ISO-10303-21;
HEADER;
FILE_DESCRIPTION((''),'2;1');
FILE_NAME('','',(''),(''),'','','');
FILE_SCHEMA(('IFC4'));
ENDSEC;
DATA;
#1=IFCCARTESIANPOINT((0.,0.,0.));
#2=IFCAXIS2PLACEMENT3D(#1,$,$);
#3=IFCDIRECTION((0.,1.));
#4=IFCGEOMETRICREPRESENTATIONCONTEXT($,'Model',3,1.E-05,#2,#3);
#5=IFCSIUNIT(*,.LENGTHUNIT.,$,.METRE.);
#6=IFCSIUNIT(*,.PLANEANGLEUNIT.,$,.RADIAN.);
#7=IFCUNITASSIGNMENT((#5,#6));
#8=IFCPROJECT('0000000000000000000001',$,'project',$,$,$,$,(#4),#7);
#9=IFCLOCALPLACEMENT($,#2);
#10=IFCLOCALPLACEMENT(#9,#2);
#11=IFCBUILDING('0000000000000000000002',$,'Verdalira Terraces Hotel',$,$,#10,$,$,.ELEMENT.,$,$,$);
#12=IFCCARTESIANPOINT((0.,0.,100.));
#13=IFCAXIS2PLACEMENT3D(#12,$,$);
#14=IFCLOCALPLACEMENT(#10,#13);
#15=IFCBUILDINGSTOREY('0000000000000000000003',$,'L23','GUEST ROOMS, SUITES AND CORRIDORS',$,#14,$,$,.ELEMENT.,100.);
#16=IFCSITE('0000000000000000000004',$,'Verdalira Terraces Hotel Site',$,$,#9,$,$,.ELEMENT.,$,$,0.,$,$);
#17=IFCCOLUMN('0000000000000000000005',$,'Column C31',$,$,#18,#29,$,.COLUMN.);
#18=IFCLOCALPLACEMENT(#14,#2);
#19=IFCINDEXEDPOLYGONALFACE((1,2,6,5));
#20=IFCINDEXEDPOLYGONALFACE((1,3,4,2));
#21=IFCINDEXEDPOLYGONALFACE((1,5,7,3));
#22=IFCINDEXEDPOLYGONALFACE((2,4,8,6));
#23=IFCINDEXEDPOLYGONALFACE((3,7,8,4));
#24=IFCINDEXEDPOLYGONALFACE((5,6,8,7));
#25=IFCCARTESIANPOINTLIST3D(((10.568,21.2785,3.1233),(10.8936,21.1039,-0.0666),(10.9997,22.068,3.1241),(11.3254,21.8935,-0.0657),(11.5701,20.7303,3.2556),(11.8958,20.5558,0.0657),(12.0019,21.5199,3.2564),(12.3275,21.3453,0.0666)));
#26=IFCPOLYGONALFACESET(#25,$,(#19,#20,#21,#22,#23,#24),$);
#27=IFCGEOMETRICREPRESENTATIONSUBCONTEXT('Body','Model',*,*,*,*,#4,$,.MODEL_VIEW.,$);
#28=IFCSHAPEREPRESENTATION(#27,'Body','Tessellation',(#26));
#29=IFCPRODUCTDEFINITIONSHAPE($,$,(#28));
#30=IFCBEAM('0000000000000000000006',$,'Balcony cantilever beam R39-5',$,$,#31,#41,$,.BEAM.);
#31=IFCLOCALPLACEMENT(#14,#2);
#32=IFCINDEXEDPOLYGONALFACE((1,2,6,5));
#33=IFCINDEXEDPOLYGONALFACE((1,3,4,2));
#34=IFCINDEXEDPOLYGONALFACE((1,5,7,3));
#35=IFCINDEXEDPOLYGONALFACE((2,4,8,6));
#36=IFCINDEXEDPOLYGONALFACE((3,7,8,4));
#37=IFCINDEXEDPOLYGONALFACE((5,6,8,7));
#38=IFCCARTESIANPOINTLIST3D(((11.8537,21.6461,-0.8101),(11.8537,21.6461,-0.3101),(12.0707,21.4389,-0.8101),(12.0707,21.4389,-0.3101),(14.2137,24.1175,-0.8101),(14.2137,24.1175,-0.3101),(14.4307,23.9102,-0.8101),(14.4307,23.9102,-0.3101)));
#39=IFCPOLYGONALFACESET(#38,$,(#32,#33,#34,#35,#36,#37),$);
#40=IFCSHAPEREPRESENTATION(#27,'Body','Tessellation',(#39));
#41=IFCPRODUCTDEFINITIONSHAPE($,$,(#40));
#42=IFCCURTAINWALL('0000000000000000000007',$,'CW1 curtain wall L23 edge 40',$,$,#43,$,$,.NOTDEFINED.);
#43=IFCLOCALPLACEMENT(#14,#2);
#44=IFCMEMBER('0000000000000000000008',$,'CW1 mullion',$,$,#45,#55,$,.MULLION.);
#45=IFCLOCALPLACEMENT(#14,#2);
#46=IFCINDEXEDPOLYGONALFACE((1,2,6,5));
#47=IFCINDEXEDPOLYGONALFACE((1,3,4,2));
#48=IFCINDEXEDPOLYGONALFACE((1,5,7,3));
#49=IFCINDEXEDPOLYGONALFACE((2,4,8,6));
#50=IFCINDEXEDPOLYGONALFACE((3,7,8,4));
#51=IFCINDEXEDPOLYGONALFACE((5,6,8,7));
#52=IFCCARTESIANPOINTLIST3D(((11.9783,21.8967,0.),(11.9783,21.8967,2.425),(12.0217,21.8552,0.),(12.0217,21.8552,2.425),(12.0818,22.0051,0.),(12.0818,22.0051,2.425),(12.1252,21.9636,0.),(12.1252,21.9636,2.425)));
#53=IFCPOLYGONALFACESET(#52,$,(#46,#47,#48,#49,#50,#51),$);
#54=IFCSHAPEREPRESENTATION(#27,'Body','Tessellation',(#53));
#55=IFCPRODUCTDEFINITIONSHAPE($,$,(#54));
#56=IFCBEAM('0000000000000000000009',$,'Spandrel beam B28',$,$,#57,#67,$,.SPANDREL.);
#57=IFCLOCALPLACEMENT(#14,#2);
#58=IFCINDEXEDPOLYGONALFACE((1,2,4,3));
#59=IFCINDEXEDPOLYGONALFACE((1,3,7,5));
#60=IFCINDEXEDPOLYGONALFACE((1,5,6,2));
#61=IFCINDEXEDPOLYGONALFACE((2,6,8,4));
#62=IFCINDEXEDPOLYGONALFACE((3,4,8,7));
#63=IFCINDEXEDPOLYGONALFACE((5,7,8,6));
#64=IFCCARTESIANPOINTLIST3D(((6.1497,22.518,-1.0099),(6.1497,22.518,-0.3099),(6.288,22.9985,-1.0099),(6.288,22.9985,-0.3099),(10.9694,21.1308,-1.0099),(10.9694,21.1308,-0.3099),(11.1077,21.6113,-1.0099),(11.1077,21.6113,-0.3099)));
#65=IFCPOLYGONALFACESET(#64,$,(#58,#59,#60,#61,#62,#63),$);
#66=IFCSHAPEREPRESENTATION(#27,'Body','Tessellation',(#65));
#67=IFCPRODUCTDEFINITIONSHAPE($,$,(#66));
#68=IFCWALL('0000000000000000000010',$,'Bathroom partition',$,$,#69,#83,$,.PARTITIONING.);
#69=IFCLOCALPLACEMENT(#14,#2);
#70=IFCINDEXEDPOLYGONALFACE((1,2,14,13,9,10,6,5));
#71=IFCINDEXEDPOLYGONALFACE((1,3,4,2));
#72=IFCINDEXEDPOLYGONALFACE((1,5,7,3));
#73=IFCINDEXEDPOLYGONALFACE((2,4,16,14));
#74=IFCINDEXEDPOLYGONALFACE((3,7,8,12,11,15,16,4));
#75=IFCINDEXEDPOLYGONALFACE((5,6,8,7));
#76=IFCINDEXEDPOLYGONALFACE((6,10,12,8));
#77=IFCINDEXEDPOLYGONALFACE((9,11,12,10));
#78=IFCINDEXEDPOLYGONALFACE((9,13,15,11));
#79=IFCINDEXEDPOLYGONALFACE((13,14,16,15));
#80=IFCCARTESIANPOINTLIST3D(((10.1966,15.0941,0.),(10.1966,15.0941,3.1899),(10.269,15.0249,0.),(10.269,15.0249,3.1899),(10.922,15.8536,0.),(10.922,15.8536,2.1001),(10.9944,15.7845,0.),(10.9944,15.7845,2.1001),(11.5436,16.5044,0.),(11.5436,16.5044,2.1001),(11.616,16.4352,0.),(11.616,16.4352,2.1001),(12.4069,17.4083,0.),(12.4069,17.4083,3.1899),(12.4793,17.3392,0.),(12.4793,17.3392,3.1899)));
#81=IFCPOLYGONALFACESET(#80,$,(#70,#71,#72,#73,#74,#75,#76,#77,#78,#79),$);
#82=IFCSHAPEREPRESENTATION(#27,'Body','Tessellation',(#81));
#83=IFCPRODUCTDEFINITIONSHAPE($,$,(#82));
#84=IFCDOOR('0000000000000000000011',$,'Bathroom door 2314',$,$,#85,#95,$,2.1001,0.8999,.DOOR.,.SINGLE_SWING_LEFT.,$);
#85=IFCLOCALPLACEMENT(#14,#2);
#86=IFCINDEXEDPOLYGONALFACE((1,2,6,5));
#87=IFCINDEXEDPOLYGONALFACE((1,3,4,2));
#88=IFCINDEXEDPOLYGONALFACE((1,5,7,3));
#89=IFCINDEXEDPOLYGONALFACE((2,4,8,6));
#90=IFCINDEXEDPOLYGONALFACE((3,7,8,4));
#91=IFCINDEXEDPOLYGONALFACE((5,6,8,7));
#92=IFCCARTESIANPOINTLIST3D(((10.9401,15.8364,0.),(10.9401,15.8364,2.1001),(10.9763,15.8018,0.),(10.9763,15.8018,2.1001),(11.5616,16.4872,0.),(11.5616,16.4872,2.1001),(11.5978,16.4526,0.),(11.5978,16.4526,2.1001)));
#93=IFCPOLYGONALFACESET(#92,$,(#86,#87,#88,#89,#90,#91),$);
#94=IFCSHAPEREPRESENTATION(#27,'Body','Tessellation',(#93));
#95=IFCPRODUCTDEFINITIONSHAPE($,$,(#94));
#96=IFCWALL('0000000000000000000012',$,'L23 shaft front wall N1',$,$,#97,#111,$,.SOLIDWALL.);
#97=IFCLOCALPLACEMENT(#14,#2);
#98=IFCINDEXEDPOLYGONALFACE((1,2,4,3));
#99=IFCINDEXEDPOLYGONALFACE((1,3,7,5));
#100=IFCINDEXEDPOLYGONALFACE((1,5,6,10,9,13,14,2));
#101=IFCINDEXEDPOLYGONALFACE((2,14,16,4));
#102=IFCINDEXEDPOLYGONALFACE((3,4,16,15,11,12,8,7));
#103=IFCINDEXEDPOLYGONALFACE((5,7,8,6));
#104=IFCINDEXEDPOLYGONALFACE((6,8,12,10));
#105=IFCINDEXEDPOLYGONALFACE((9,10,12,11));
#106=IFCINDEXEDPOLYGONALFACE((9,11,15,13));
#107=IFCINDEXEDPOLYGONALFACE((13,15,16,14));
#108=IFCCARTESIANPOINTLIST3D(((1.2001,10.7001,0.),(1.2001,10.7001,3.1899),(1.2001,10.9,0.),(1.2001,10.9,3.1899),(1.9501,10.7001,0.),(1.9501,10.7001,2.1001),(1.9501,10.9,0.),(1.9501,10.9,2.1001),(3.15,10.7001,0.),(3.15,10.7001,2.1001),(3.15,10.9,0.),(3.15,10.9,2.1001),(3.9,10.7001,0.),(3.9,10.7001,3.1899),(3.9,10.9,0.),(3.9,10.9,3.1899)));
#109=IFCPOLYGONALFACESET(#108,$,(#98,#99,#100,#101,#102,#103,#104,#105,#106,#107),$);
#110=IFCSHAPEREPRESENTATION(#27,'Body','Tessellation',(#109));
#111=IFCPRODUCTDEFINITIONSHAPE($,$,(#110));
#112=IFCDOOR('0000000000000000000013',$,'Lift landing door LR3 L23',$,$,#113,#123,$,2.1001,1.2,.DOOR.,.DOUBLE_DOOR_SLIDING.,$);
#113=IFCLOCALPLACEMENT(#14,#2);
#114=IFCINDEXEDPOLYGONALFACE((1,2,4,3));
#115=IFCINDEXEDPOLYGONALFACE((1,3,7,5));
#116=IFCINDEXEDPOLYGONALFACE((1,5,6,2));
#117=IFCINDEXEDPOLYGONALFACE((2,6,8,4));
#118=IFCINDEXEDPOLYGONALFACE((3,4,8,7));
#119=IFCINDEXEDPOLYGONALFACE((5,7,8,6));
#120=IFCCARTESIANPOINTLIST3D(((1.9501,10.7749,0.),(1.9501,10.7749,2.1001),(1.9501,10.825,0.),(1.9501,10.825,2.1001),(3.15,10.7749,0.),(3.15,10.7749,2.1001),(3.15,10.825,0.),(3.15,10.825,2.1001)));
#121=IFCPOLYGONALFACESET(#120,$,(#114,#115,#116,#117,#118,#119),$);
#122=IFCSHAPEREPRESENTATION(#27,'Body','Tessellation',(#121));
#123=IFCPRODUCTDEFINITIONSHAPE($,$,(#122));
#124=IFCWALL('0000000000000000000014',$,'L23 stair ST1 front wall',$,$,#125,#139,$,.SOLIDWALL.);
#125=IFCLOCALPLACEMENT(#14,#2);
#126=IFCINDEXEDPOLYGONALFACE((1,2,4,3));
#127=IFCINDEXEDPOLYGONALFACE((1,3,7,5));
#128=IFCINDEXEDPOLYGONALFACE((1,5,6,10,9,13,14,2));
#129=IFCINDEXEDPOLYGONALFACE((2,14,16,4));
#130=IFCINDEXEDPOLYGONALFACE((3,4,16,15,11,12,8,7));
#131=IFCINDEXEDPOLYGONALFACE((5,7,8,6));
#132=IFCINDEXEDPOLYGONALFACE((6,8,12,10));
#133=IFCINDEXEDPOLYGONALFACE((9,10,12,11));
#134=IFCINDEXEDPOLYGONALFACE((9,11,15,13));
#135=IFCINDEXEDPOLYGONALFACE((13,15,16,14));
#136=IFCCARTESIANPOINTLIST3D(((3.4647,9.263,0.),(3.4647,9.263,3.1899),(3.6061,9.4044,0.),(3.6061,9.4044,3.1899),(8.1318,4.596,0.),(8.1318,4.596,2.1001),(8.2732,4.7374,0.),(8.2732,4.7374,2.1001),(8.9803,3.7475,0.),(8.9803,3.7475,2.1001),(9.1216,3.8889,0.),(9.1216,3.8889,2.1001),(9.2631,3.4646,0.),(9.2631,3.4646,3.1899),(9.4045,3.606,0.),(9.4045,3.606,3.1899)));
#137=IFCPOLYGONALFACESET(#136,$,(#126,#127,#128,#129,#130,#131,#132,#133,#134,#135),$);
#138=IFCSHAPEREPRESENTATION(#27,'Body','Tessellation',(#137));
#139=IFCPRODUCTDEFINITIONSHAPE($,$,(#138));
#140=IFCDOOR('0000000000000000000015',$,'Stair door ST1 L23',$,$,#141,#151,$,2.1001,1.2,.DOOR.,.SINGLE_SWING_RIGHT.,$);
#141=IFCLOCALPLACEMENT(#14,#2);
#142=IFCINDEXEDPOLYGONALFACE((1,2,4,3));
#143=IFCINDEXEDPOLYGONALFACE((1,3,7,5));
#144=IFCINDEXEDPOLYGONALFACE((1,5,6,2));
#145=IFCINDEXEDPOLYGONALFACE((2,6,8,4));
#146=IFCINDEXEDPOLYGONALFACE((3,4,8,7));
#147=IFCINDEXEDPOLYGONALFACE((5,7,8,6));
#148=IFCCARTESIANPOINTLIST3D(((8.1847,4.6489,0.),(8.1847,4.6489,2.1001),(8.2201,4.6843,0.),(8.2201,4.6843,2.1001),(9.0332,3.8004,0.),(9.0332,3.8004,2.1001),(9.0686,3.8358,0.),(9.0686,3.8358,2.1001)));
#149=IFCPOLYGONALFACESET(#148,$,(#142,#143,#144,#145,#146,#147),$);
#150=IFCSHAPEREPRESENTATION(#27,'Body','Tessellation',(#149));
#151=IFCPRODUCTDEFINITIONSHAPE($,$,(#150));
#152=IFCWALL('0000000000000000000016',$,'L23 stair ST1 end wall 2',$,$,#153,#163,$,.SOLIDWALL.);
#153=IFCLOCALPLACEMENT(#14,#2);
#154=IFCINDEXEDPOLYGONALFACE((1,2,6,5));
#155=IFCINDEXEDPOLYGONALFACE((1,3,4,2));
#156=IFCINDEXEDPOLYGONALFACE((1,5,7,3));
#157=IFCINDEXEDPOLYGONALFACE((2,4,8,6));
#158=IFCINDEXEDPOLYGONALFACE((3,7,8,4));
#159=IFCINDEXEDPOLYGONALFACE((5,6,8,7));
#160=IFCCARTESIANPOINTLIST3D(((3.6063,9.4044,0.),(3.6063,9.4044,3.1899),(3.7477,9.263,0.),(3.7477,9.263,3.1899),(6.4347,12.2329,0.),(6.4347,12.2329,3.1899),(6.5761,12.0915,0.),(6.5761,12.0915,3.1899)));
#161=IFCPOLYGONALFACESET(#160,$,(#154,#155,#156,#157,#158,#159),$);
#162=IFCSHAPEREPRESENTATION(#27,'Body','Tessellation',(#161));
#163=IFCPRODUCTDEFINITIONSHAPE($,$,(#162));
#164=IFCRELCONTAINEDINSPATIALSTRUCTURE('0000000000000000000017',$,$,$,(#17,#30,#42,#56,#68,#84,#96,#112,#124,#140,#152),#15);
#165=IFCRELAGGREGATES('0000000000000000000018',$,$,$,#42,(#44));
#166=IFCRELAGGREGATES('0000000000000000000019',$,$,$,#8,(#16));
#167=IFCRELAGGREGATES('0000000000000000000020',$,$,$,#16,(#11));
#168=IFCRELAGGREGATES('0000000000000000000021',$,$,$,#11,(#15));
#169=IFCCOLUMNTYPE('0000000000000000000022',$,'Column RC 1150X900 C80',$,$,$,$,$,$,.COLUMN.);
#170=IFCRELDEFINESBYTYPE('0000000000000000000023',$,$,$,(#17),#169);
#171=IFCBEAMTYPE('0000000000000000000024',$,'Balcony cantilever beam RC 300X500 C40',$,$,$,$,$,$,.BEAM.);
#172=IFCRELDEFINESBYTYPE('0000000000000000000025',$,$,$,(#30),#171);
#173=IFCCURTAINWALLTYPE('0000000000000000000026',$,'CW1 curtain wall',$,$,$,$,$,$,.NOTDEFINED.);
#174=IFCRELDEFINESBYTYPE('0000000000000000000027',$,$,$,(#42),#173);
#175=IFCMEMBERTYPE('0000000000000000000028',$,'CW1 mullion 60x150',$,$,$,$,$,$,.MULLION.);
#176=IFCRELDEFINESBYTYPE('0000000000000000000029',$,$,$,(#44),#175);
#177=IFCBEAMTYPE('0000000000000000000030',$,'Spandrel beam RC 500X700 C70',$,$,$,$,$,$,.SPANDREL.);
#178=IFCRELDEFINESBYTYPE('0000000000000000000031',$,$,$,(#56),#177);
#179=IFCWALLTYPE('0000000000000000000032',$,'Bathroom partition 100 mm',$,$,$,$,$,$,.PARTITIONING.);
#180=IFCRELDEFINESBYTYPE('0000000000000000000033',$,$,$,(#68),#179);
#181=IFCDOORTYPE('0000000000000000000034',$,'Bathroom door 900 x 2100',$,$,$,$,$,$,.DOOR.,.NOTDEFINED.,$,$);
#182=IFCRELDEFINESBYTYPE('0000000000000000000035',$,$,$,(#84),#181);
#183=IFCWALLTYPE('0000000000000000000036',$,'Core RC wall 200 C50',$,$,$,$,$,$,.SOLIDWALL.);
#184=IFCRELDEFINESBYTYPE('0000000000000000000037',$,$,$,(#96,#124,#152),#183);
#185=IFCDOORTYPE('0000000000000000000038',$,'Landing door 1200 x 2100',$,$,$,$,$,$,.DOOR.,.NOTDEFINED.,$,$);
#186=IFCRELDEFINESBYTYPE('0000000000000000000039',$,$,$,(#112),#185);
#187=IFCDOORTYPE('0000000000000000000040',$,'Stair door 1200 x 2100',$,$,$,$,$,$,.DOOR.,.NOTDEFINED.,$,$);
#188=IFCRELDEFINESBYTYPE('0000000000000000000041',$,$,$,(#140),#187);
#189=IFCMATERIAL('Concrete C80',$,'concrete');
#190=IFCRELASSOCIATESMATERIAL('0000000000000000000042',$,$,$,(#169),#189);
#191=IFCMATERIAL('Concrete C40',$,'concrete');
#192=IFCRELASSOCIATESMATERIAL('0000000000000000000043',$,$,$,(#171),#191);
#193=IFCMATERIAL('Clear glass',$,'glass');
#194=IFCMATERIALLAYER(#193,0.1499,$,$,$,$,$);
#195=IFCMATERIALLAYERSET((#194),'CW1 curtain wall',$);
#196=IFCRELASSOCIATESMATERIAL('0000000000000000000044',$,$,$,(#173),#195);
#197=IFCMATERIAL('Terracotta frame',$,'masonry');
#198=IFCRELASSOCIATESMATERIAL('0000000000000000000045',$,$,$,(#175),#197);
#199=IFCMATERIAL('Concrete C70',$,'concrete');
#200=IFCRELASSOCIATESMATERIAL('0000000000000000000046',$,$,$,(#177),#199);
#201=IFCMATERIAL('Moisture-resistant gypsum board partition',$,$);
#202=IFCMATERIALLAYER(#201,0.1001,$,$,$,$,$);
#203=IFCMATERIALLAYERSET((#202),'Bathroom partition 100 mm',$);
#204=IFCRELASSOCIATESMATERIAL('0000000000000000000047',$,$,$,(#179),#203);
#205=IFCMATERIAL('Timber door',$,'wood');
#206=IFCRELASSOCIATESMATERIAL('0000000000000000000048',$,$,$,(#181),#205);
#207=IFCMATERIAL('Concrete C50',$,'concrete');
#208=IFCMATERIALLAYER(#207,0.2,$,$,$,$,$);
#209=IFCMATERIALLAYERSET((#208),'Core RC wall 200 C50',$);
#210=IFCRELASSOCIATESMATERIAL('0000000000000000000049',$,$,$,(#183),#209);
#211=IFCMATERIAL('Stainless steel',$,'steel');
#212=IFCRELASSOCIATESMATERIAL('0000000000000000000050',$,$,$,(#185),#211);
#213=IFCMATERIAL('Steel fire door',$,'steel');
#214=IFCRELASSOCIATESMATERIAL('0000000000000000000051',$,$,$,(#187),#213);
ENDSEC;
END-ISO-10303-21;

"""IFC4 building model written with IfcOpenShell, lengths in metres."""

from ifc_helpers import new_model, si_unit, direction, frame, frame_2d, origin, origin_2d, place, context, subcontext, project, spatial, rectangle, extrude, material, layer, layer_set, material_profile, profile_set, type_object, element, fill, aggregate, save


model = new_model("IFC4")

# Units and contexts
model_context = context("Model", 3, precision=1e-05, world=origin(), true_north=direction((0.0, 1.0)))
body_context = subcontext(model_context, "Body", "Model", "MODEL_VIEW")
ifc_project = project(units=[si_unit("LENGTHUNIT", "METRE"), si_unit("PLANEANGLEUNIT", "RADIAN")], contexts=[model_context])

# Site, building, storey
site_placement = place(None, origin())
site = spatial("IfcSite", under=ifc_project, at=site_placement, Name="Verdalira Terraces Hotel Site", CompositionType="ELEMENT", RefElevation=0.0)
building_placement = place(site_placement, origin())
building = spatial("IfcBuilding", under=site, at=building_placement, Name="Verdalira Terraces Hotel", CompositionType="ELEMENT")
storey_placement = place(building_placement, frame((0.0, 0.0, 100.0)))
storey = spatial("IfcBuildingStorey", under=building, at=storey_placement, Name="L23", Description="GUEST ROOMS, SUITES AND CORRIDORS", CompositionType="ELEMENT", Elevation=100.0)

# Column
ifc_material_1 = material(Name="Concrete C80", Category="concrete")
ifc_material_profile_1 = material_profile(ifc_material_1, rectangle(XDim=1.1499, YDim=0.8999, at=origin_2d()), Name="RC 1150X900")
ifc_profile_set_1 = profile_set([ifc_material_profile_1], Name="Concrete C80")
column_type = type_object("IfcColumnType", Name="Column RC 1150X900 C80", PredefinedType="COLUMN", material=ifc_profile_set_1)
column_placement = place(storey_placement, frame((11.6106, 21.2246, 0.0), z_axis=(-0.101419, 0.054359, 0.993358), x_axis=(0.871512, -0.476683, 0.115064)))
element("IfcColumn", 1, at=column_placement, inside=storey, type_object=column_type, Name="Column C31", PredefinedType="COLUMN", context=body_context, shape_type="SweptSolid", body=[
    extrude(rectangle(XDim=1.1499, YDim=0.8999, at=origin_2d()), origin(), (0.0, 0.0, 1.0), 3.2112),
])

# Beam
ifc_material_2 = material(Name="Concrete C40", Category="concrete")
ifc_material_profile_2 = material_profile(ifc_material_2, rectangle(XDim=0.3, YDim=0.5, at=origin_2d()), Name="RC 300X500")
ifc_profile_set_2 = profile_set([ifc_material_profile_2], Name="Concrete C40")
beam_type_1 = type_object("IfcBeamType", Name="Balcony cantilever beam RC 300X500 C40", PredefinedType="BEAM", material=ifc_profile_set_2)
beam_1_placement = place(storey_placement, frame((11.9622, 21.5425, -0.5601), z_axis=(0.69063, 0.723208, 0.0), x_axis=(-0.723208, 0.69063, 0.0)))
element("IfcBeam", 2, at=beam_1_placement, inside=storey, type_object=beam_type_1, Name="Balcony cantilever beam R39-5", PredefinedType="BEAM", context=body_context, shape_type="SweptSolid", body=[
    extrude(rectangle(XDim=0.3, YDim=0.5, at=origin_2d()), origin(), (0.0, 0.0, 1.0), 3.4172),
])

# Curtain wall, member
ifc_material_3 = material(Name="Clear glass", Category="glass")
ifc_layer_1 = layer(ifc_material_3, 0.1499)
ifc_layer_set_1 = layer_set([ifc_layer_1], Name="CW1 curtain wall")
curtain_wall_type = type_object("IfcCurtainWallType", Name="CW1 curtain wall", PredefinedType="NOTDEFINED", material=ifc_layer_set_1)
curtain_wall_placement = place(storey_placement, origin())
curtain_wall = element("IfcCurtainWall", 3, at=curtain_wall_placement, inside=storey, type_object=curtain_wall_type, Name="CW1 curtain wall L23 edge 40", PredefinedType="NOTDEFINED")
ifc_material_4 = material(Name="Terracotta frame", Category="masonry")
ifc_material_profile_3 = material_profile(ifc_material_4, rectangle(XDim=0.0601, YDim=0.1499, at=origin_2d()), Name="MU 60x150")
ifc_profile_set_3 = profile_set([ifc_material_profile_3], Name="Terracotta frame")
member_type = type_object("IfcMemberType", Name="CW1 mullion 60x150", PredefinedType="MULLION", material=ifc_profile_set_3)
member_placement = place(storey_placement, frame((12.0518, 21.9302, 0.0), z_axis=(0.0, 0.0, 1.0), x_axis=(-0.723208, 0.69063, 0.0)))
member = element("IfcMember", 4, at=member_placement, type_object=member_type, Name="CW1 mullion", PredefinedType="MULLION", context=body_context, shape_type="SweptSolid", body=[
    extrude(rectangle(XDim=0.0601, YDim=0.1499, at=origin_2d()), origin(), (0.0, 0.0, 1.0), 2.425),
])
aggregate(curtain_wall, [member])

# Beam
ifc_material_5 = material(Name="Concrete C70", Category="concrete")
ifc_material_profile_4 = material_profile(ifc_material_5, rectangle(XDim=0.5, YDim=0.7, at=origin_2d()), Name="RC 500X700")
ifc_profile_set_4 = profile_set([ifc_material_profile_4], Name="Concrete C70")
beam_type_2 = type_object("IfcBeamType", Name="Spandrel beam RC 500X700 C70", PredefinedType="SPANDREL", material=ifc_profile_set_4)
beam_2_placement = place(storey_placement, frame((11.0386, 21.3711, -0.6599), z_axis=(-0.960989, 0.276585, 0.0), x_axis=(-0.276585, -0.960989, 0.0)))
element("IfcBeam", 5, at=beam_2_placement, inside=storey, type_object=beam_type_2, Name="Spandrel beam B28", PredefinedType="SPANDREL", context=body_context, shape_type="SweptSolid", body=[
    extrude(rectangle(XDim=0.5, YDim=0.7, at=origin_2d()), origin(), (0.0, 0.0, 1.0), 5.0154),
])

# Walls, openings, doors
ifc_material_6 = material(Name="Moisture-resistant gypsum board partition")
ifc_layer_2 = layer(ifc_material_6, 0.1001)
ifc_layer_set_2 = layer_set([ifc_layer_2], Name="Bathroom partition 100 mm")
wall_type_1 = type_object("IfcWallType", Name="Bathroom partition 100 mm", PredefinedType="PARTITIONING", material=ifc_layer_set_2)
wall_1_placement = place(storey_placement, frame((12.4431, 17.3738, 0.0), z_axis=(0.0, 0.0, 1.0), x_axis=(-0.69067, -0.72317, 0.0)))
wall_1 = element("IfcWall", 6, at=wall_1_placement, inside=storey, type_object=wall_type_1, Name="Bathroom partition", PredefinedType="PARTITIONING", context=body_context, shape_type="SweptSolid", body=[
    extrude(rectangle(XDim=3.2002, YDim=0.1001, at=frame_2d((1.6001, 0.0))), origin(), (0.0, 0.0, 1.0), 3.1899),
])
opening_1_placement = place(wall_1_placement, frame((1.25, 0.0, 0.0)))
opening_1 = element("IfcOpeningElement", 7, at=opening_1_placement, cuts=wall_1, PredefinedType="OPENING", context=body_context, shape_type="SweptSolid", body=[
    extrude(rectangle(XDim=0.8999, YDim=2.1001, at=frame_2d((0.45, 1.05))), frame((0.0, 0.0601, 0.0), z_axis=(0.0, -1.0, 0.0), x_axis=(1.0, 0.0, 0.0)), (0.0, 0.0, 1.0), 0.1201),
])
ifc_material_7 = material(Name="Timber door", Category="wood")
door_type_1 = type_object("IfcDoorType", Name="Bathroom door 900 x 2100", OperationType="NOTDEFINED", PredefinedType="DOOR", material=ifc_material_7)
door_1_placement = place(opening_1_placement, origin())
door_1 = element("IfcDoor", 8, at=door_1_placement, inside=storey, type_object=door_type_1, Name="Bathroom door 2314", OperationType="SINGLE_SWING_LEFT", OverallHeight=2.1001, OverallWidth=0.8999, PredefinedType="DOOR", context=body_context, shape_type="SweptSolid", body=[
    extrude(rectangle(XDim=0.8999, YDim=2.1001, at=frame_2d((0.45, 1.05))), frame((0.0, 0.0249, 0.0), z_axis=(0.0, -1.0, 0.0), x_axis=(1.0, 0.0, 0.0)), (0.0, 0.0, 1.0), 0.05),
])
fill(opening_1, door_1)
ifc_material_8 = material(Name="Concrete C50", Category="concrete")
ifc_layer_3 = layer(ifc_material_8, 0.2)
ifc_layer_set_3 = layer_set([ifc_layer_3], Name="Core RC wall 200 C50")
wall_type_2 = type_object("IfcWallType", Name="Core RC wall 200 C50", PredefinedType="SOLIDWALL", material=ifc_layer_set_3)
wall_2_placement = place(storey_placement, frame((1.2, 10.8, 0.0), z_axis=(0.0, 0.0, 1.0), x_axis=(1.0, 0.0, 0.0)))
wall_2 = element("IfcWall", 9, at=wall_2_placement, inside=storey, type_object=wall_type_2, Name="L23 shaft front wall N1", PredefinedType="SOLIDWALL", context=body_context, shape_type="SweptSolid", body=[
    extrude(rectangle(XDim=2.7, YDim=0.2, at=frame_2d((1.3501, 0.0))), origin(), (0.0, 0.0, 1.0), 3.1899),
])
opening_2_placement = place(wall_2_placement, frame((0.75, 0.0, 0.0)))
opening_2 = element("IfcOpeningElement", 10, at=opening_2_placement, cuts=wall_2, PredefinedType="OPENING", context=body_context, shape_type="SweptSolid", body=[
    extrude(rectangle(XDim=1.2, YDim=2.1001, at=frame_2d((0.6001, 1.05))), frame((0.0, 0.1099, 0.0), z_axis=(0.0, -1.0, 0.0), x_axis=(1.0, 0.0, 0.0)), (0.0, 0.0, 1.0), 0.22),
])
ifc_material_9 = material(Name="Stainless steel", Category="steel")
door_type_2 = type_object("IfcDoorType", Name="Landing door 1200 x 2100", OperationType="NOTDEFINED", PredefinedType="DOOR", material=ifc_material_9)
door_2_placement = place(opening_2_placement, origin())
door_2 = element("IfcDoor", 11, at=door_2_placement, inside=storey, type_object=door_type_2, Name="Lift landing door LR3 L23", OperationType="DOUBLE_DOOR_SLIDING", OverallHeight=2.1001, OverallWidth=1.2, PredefinedType="DOOR", context=body_context, shape_type="SweptSolid", body=[
    extrude(rectangle(XDim=1.2, YDim=2.1001, at=frame_2d((0.6001, 1.05))), frame((0.0, 0.0249, 0.0), z_axis=(0.0, -1.0, 0.0), x_axis=(1.0, 0.0, 0.0)), (0.0, 0.0, 1.0), 0.05),
])
fill(opening_2, door_2)
wall_3_placement = place(storey_placement, frame((3.5354, 9.3337, 0.0), z_axis=(0.0, 0.0, 1.0), x_axis=(0.707107, -0.707107, 0.0)))
wall_3 = element("IfcWall", 12, at=wall_3_placement, inside=storey, type_object=wall_type_2, Name="L23 stair ST1 front wall", PredefinedType="SOLIDWALL", context=body_context, shape_type="SweptSolid", body=[
    extrude(rectangle(XDim=8.2002, YDim=0.2, at=frame_2d((4.1001, 0.0))), origin(), (0.0, 0.0, 1.0), 3.1899),
])
opening_3_placement = place(wall_3_placement, frame((6.6001, 0.0, 0.0)))
opening_3 = element("IfcOpeningElement", 13, at=opening_3_placement, cuts=wall_3, PredefinedType="OPENING", context=body_context, shape_type="SweptSolid", body=[
    extrude(rectangle(XDim=1.2, YDim=2.1001, at=frame_2d((0.6001, 1.05))), frame((0.0, 0.1099, 0.0), z_axis=(0.0, -1.0, 0.0), x_axis=(1.0, 0.0, 0.0)), (0.0, 0.0, 1.0), 0.22),
])
ifc_material_10 = material(Name="Steel fire door", Category="steel")
door_type_3 = type_object("IfcDoorType", Name="Stair door 1200 x 2100", OperationType="NOTDEFINED", PredefinedType="DOOR", material=ifc_material_10)
door_3_placement = place(opening_3_placement, origin())
door_3 = element("IfcDoor", 14, at=door_3_placement, inside=storey, type_object=door_type_3, Name="Stair door ST1 L23", OperationType="SINGLE_SWING_RIGHT", OverallHeight=2.1001, OverallWidth=1.2, PredefinedType="DOOR", context=body_context, shape_type="SweptSolid", body=[
    extrude(rectangle(XDim=1.2, YDim=2.1001, at=frame_2d((0.6001, 1.05))), frame((0.0, 0.0249, 0.0), z_axis=(0.0, -1.0, 0.0), x_axis=(1.0, 0.0, 0.0)), (0.0, 0.0, 1.0), 0.05),
])
fill(opening_3, door_3)

# Wall
wall_4_placement = place(storey_placement, frame((3.677, 9.3337, 0.0), z_axis=(0.0, 0.0, 1.0), x_axis=(0.707107, 0.707107, 0.0)))
element("IfcWall", 15, at=wall_4_placement, inside=storey, type_object=wall_type_2, Name="L23 stair ST1 end wall 2", PredefinedType="SOLIDWALL", context=body_context, shape_type="SweptSolid", body=[
    extrude(rectangle(XDim=4.0, YDim=0.2, at=frame_2d((2.0, 0.0))), origin(), (0.0, 0.0, 1.0), 3.1899),
])

save(model, "model.ifc")
